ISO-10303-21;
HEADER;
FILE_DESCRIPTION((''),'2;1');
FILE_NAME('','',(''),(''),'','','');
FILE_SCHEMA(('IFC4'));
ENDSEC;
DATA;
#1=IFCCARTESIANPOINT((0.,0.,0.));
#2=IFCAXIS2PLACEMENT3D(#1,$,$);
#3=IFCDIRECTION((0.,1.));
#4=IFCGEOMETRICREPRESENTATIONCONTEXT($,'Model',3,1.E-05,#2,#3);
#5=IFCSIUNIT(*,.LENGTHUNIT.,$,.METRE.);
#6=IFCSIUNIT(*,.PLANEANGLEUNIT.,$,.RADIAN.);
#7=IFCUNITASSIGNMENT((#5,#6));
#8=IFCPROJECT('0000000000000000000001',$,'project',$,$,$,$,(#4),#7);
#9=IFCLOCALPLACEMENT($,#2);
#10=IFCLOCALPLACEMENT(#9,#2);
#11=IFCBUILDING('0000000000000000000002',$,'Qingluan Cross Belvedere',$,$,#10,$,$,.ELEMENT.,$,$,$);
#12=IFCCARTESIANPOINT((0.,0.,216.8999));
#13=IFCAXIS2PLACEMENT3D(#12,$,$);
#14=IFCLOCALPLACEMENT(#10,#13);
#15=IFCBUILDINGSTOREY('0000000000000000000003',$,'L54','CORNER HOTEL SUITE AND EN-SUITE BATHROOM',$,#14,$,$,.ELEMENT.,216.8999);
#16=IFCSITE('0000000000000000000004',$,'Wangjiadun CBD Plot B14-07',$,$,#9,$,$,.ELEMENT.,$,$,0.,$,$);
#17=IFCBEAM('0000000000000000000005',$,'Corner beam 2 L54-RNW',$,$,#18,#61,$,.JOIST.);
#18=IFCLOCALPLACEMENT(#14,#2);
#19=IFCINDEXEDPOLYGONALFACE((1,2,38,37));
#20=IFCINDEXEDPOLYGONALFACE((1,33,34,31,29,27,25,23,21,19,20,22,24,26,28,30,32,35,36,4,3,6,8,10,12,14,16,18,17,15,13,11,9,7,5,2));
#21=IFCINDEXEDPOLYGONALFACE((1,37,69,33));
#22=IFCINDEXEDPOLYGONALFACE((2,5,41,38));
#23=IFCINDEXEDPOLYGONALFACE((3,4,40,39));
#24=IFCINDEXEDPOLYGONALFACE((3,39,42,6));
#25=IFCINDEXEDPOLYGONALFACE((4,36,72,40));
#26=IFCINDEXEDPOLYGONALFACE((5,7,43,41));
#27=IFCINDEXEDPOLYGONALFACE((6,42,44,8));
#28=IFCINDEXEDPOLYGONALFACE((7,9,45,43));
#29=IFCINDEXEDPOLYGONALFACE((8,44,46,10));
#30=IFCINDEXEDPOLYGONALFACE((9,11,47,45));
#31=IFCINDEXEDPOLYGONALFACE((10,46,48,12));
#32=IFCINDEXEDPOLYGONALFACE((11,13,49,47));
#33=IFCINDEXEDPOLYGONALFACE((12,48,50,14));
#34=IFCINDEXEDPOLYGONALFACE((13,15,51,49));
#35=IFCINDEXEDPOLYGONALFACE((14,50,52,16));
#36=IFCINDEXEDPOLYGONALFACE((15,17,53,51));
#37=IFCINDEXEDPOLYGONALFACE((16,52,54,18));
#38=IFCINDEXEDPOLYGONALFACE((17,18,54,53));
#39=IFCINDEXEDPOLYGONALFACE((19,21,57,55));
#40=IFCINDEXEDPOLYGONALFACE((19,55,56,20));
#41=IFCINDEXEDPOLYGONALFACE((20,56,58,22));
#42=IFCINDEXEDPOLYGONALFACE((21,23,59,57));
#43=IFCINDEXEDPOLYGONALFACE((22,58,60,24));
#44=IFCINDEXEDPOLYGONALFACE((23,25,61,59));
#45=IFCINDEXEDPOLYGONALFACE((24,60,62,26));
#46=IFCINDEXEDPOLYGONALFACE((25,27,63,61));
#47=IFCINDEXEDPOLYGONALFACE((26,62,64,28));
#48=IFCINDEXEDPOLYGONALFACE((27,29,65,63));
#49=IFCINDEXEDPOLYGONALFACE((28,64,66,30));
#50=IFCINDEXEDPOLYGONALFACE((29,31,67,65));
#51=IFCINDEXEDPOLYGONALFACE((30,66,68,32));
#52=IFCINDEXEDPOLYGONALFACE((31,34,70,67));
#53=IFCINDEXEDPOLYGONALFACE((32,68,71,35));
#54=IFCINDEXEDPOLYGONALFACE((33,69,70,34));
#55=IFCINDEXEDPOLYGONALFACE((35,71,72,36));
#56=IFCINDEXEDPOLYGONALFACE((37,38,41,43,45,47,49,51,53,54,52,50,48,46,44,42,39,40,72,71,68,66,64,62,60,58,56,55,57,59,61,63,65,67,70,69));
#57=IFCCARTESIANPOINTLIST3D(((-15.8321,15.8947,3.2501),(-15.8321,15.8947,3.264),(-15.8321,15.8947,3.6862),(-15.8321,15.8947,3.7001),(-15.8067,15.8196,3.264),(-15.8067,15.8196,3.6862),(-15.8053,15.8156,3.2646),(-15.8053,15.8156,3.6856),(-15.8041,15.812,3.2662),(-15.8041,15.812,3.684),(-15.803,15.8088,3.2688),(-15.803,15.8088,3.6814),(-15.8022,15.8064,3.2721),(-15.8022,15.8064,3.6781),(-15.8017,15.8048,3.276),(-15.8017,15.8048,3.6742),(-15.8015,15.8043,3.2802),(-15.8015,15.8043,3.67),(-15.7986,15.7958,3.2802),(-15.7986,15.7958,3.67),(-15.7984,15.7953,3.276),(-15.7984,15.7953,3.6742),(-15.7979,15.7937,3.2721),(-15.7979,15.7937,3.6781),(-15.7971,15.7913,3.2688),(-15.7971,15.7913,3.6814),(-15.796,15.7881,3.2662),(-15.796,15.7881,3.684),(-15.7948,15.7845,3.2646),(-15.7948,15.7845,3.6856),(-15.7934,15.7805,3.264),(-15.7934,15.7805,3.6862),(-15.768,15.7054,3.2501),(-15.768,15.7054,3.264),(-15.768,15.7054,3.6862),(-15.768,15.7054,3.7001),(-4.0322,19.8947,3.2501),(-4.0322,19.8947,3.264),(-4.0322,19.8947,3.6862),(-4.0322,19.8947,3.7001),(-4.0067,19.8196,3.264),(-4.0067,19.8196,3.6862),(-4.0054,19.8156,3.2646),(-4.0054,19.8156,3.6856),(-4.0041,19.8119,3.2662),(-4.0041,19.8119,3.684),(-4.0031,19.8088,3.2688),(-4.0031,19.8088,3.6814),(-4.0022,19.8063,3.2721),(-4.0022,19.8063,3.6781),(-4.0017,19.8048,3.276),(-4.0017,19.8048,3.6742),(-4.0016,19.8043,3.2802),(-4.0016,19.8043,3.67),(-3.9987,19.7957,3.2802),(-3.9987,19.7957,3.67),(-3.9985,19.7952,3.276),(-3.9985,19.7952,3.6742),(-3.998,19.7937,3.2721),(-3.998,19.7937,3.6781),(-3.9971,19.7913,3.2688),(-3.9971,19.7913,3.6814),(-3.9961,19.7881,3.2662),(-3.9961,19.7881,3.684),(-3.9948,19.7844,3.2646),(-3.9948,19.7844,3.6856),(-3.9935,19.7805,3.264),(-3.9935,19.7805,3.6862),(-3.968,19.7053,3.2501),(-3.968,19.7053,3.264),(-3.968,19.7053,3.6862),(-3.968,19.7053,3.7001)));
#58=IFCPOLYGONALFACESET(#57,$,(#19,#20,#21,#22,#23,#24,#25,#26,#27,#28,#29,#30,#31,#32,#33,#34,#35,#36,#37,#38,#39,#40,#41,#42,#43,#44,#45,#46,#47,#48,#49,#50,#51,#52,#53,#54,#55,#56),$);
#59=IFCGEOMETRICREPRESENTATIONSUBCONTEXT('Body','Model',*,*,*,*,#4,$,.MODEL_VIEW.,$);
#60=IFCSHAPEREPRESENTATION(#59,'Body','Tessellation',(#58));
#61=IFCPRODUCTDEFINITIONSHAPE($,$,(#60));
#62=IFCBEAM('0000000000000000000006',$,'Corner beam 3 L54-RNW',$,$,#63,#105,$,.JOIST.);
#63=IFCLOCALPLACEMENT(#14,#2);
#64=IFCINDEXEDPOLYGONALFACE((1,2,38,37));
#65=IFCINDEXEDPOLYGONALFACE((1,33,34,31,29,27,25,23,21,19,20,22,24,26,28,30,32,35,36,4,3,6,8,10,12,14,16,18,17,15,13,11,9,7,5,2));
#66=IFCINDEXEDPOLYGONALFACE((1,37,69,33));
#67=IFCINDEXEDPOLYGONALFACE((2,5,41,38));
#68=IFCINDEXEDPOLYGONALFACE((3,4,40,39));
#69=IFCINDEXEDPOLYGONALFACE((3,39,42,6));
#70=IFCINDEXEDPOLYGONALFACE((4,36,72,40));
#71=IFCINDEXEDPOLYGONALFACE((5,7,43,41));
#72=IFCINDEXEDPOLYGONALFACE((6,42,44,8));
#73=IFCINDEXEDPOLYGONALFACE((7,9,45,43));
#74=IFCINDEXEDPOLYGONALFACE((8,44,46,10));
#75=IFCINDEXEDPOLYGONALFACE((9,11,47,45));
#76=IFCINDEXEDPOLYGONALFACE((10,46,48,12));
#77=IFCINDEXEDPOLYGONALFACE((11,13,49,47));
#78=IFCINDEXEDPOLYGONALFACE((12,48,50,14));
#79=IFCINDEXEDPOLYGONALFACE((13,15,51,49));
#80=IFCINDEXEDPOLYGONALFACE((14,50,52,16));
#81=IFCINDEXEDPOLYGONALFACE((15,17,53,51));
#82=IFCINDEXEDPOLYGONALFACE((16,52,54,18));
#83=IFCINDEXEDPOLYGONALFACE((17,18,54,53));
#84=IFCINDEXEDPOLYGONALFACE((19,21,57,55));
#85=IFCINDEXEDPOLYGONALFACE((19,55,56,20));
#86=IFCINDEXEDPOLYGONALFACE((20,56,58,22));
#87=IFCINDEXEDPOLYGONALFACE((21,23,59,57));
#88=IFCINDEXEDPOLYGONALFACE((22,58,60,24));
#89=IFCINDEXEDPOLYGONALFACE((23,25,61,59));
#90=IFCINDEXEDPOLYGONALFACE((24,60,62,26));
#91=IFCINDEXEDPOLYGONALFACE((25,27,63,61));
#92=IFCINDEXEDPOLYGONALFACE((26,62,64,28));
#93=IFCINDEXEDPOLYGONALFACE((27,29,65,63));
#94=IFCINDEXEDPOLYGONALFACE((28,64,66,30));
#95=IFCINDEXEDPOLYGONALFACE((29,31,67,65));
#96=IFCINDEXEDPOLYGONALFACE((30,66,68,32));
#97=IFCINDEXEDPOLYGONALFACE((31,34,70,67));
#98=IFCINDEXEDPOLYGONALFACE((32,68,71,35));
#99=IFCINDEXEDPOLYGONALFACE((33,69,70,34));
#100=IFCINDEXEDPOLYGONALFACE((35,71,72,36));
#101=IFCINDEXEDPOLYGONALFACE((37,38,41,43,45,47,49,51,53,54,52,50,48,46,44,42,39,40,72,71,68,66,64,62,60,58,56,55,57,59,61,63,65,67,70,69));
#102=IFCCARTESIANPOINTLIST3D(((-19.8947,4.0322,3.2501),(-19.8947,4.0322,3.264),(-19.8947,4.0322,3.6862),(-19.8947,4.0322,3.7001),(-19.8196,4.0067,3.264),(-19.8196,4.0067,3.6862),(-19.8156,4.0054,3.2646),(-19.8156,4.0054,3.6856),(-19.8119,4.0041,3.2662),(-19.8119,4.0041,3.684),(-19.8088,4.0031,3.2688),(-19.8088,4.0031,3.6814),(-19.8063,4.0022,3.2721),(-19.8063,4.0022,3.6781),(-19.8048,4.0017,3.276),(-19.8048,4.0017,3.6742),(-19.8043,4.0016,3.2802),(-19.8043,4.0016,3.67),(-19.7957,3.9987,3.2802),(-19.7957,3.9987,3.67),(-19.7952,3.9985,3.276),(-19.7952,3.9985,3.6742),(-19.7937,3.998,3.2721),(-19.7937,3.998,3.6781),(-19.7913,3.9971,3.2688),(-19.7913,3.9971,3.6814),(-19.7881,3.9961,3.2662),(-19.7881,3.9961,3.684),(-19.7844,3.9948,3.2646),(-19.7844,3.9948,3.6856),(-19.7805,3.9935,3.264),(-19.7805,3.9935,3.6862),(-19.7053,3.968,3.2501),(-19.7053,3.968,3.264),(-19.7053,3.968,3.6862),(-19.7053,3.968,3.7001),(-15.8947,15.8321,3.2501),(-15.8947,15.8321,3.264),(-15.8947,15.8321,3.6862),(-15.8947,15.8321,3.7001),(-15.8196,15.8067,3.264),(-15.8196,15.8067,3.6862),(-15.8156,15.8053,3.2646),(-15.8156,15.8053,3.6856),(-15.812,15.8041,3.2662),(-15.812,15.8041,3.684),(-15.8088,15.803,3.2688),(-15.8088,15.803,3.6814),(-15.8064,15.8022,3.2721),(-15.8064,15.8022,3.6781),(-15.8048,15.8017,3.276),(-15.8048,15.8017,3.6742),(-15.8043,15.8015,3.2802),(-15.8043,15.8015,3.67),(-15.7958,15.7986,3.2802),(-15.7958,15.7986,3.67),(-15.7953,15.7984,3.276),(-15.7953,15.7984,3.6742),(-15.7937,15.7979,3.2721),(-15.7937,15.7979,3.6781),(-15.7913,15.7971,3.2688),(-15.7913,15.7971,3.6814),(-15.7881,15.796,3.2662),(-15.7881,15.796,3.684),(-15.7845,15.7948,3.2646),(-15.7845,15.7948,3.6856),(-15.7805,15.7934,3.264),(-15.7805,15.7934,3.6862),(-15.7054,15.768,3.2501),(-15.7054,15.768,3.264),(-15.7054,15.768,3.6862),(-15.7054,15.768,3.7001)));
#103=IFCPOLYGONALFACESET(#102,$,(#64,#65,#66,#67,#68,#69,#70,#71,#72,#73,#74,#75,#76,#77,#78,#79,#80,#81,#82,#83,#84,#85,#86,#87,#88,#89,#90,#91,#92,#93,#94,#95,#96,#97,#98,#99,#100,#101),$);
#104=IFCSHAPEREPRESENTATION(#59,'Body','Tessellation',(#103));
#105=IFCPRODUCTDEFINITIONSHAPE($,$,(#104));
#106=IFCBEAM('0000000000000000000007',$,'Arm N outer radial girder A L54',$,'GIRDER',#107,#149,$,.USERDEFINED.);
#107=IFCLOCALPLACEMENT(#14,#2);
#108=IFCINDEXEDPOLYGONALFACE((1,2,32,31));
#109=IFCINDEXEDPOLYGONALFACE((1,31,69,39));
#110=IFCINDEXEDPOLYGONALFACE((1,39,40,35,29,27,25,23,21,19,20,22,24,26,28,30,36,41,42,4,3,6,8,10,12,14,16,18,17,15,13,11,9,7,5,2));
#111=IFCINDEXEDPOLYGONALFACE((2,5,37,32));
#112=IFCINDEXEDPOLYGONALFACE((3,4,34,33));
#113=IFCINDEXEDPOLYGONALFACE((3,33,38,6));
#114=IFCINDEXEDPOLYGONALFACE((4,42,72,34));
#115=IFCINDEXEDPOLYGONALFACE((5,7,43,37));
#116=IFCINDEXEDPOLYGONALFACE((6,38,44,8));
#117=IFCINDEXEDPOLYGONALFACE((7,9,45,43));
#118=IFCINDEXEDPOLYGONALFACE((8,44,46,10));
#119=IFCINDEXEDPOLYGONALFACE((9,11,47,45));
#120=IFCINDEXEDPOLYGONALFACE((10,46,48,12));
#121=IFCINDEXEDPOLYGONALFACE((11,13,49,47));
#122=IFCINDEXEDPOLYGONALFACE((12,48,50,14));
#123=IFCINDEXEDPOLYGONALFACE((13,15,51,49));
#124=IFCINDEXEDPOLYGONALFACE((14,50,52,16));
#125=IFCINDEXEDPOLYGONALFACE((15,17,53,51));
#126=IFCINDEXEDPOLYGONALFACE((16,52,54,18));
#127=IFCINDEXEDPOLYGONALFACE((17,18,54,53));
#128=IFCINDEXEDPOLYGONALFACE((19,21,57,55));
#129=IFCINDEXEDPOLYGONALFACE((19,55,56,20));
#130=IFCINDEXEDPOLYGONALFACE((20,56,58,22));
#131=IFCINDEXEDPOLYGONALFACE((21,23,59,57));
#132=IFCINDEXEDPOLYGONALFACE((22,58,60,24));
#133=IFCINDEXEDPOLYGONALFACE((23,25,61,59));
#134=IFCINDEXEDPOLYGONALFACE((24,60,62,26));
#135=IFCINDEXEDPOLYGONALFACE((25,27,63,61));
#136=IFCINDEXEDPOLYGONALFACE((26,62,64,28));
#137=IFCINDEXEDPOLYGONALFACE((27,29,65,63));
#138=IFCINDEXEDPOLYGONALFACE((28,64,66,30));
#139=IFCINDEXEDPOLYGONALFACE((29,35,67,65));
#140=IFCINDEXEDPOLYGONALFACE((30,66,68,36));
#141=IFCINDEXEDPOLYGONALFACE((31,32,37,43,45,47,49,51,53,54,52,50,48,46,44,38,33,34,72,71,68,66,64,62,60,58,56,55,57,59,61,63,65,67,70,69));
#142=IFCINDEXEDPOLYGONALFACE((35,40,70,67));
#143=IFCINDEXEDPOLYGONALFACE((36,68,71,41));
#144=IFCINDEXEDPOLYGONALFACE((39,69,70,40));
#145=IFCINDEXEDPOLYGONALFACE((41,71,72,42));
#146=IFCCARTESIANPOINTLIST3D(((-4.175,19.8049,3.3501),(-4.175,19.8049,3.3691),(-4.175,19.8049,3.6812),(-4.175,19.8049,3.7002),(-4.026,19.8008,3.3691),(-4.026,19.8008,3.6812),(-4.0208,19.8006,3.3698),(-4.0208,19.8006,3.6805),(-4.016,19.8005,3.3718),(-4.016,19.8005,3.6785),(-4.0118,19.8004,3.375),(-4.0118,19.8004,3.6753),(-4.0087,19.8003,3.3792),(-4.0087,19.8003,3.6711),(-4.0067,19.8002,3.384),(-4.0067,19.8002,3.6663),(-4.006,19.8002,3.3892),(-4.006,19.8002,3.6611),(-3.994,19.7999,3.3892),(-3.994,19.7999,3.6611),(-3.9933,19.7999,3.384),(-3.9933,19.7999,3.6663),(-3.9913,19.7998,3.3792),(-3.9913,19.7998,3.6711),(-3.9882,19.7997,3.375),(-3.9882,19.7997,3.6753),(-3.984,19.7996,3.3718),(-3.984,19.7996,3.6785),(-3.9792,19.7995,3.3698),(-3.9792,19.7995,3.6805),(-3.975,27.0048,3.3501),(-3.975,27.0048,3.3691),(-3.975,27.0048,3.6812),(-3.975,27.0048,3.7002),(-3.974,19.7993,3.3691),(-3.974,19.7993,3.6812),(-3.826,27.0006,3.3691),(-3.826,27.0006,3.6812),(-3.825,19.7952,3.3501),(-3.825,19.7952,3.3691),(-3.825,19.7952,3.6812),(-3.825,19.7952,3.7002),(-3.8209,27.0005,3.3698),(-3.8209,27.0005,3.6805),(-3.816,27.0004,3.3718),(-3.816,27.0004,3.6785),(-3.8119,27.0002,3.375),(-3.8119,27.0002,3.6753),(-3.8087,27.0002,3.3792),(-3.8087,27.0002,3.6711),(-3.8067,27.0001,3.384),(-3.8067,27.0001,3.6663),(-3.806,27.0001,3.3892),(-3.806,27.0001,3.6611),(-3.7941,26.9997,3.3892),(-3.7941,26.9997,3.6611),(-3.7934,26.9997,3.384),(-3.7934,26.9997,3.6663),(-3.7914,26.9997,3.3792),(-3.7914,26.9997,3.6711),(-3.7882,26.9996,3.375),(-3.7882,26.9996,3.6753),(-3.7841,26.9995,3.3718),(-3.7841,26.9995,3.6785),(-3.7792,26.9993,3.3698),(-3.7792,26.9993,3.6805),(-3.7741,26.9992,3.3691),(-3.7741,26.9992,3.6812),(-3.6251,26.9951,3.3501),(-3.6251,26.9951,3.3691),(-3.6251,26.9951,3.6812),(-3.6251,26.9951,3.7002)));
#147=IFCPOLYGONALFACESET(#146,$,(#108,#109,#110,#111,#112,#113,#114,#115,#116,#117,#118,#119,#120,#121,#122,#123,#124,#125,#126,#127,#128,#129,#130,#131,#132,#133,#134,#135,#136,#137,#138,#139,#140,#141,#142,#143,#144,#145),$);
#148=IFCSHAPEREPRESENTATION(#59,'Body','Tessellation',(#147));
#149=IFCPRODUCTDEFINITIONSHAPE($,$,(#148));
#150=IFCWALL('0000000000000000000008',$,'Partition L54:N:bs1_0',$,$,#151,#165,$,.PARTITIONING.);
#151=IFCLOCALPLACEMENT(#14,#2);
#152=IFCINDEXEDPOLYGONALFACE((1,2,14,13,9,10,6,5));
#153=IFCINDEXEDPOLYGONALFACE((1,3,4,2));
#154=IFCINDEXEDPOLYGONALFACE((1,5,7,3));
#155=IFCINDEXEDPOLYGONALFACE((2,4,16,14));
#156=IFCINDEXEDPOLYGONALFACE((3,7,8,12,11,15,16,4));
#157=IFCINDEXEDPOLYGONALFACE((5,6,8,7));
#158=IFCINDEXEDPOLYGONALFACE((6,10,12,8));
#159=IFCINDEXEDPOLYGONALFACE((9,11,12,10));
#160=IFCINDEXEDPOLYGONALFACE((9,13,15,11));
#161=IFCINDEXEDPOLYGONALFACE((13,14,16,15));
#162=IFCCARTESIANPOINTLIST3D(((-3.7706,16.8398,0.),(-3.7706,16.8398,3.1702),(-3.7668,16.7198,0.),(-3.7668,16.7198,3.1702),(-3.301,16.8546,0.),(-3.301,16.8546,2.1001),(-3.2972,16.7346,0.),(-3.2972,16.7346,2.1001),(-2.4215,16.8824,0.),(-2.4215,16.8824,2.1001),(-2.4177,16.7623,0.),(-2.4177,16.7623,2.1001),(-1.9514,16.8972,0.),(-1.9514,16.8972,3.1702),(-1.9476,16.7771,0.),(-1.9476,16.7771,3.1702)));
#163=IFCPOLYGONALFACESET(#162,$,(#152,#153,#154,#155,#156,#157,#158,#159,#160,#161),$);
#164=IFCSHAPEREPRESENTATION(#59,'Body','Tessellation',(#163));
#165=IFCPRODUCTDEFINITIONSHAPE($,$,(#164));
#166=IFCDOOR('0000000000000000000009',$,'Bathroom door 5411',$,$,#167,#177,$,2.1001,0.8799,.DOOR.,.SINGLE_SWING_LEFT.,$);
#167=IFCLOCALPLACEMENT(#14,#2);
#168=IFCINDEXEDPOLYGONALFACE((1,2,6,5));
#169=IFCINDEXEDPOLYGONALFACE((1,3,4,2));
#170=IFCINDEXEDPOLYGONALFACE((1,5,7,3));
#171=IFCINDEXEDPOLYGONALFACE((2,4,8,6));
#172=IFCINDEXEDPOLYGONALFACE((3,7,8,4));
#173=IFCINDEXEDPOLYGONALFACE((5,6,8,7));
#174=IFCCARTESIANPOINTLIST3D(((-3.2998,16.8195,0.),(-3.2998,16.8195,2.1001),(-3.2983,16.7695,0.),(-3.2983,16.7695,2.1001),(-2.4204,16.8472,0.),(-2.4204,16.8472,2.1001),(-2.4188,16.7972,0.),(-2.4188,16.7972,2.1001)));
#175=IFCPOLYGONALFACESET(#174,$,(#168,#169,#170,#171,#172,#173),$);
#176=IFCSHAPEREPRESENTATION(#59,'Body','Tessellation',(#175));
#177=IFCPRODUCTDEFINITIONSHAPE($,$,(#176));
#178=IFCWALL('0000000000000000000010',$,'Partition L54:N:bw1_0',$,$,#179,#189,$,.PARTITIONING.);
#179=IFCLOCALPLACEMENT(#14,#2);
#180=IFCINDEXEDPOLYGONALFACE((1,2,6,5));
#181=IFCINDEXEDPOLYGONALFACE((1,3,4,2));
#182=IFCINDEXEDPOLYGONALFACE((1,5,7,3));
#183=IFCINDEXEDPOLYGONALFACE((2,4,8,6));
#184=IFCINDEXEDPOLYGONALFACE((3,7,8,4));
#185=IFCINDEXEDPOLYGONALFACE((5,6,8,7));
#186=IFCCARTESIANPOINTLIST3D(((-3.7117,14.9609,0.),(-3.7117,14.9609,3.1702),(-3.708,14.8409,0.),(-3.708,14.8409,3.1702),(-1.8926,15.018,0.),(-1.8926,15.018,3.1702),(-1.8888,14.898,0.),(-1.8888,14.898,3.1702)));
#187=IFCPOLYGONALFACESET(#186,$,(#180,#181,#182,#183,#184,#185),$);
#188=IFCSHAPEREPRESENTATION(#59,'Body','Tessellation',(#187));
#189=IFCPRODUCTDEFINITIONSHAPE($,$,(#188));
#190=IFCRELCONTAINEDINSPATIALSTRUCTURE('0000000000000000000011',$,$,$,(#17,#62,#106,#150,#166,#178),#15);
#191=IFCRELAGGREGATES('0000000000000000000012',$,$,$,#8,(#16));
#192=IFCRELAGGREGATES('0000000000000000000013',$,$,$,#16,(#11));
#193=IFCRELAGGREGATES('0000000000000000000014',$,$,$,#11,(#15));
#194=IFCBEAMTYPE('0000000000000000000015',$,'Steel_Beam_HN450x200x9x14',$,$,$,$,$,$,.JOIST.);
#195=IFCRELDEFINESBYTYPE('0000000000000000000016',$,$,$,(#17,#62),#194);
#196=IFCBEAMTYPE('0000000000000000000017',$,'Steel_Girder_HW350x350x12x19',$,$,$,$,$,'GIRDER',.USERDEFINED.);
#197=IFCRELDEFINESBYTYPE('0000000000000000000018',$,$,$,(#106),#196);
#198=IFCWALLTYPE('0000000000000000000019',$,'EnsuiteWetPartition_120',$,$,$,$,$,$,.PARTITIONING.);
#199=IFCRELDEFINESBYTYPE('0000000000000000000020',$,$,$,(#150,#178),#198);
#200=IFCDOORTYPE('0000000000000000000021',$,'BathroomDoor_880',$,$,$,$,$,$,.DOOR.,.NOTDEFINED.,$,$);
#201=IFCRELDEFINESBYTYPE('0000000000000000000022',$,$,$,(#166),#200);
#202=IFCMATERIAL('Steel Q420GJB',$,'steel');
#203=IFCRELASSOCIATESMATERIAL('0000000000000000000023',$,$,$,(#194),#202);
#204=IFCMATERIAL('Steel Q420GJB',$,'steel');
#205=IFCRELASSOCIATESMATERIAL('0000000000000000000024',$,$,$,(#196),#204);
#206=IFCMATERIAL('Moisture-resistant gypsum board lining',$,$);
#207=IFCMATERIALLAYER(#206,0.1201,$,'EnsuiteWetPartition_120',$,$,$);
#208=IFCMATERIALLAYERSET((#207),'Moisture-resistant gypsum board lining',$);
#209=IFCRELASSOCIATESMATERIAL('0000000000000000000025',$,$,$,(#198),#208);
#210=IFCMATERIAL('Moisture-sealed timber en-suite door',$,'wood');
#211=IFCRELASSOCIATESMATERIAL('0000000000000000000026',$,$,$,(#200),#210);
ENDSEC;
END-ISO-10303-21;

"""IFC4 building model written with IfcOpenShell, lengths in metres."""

from ifc_helpers import new_model, si_unit, direction, frame, frame_2d, origin, origin_2d, place, context, subcontext, project, spatial, rectangle, i_section, extrude, material, layer, layer_set, material_profile, profile_set, type_object, element, fill, save


model = new_model("IFC4")

# Units and contexts
model_context = context("Model", 3, precision=1e-05, world=origin(), true_north=direction((0.0, 1.0)))
body_context = subcontext(model_context, "Body", "Model", "MODEL_VIEW")
ifc_project = project(units=[si_unit("LENGTHUNIT", "METRE"), si_unit("PLANEANGLEUNIT", "RADIAN")], contexts=[model_context])

# Site, building, storey
site_placement = place(None, origin())
site = spatial("IfcSite", under=ifc_project, at=site_placement, Name="Wangjiadun CBD Plot B14-07", CompositionType="ELEMENT", RefElevation=0.0)
building_placement = place(site_placement, origin())
building = spatial("IfcBuilding", under=site, at=building_placement, Name="Qingluan Cross Belvedere", CompositionType="ELEMENT")
storey_placement = place(building_placement, frame((0.0, 0.0, 216.8999)))
storey = spatial("IfcBuildingStorey", under=building, at=storey_placement, Name="L54", Description="CORNER HOTEL SUITE AND EN-SUITE BATHROOM", CompositionType="ELEMENT", Elevation=216.8999)

# Beams
ifc_material_1 = material(Name="Steel Q420GJB", Category="steel")
ifc_material_profile_1 = material_profile(ifc_material_1, i_section(OverallWidth=0.2, OverallDepth=0.45, WebThickness=0.009, FlangeThickness=0.0139, FilletRadius=0.0161, at=origin_2d()), Name="HN450x200x9x14")
ifc_profile_set_1 = profile_set([ifc_material_profile_1], Name="Steel Q420GJB")
beam_type_1 = type_object("IfcBeamType", Name="Steel_Beam_HN450x200x9x14", PredefinedType="JOIST", material=ifc_profile_set_1)
for number, where, z_axis, x_axis, name in (
    (1, (-15.8, 15.8, 3.4751), (0.947066, 0.321038, 0.0), (-0.321038, 0.947066, 0.0), "Corner beam 2 L54-RNW"),
    (2, (-15.8, 15.8, 3.4751), (-0.321038, -0.947066, 0.0), (0.947066, -0.321038, 0.0), "Corner beam 3 L54-RNW"),
):
    element("IfcBeam", number, at=place(storey_placement, frame(where, z_axis=z_axis, x_axis=x_axis)), inside=storey, type_object=beam_type_1, Name=name, PredefinedType="JOIST", context=body_context, shape_type="SweptSolid", body=[
        extrude(i_section(OverallWidth=0.2, OverallDepth=0.45, WebThickness=0.009, FlangeThickness=0.0139, FilletRadius=0.0161, at=origin_2d()), origin(), (0.0, 0.0, 1.0), 12.4595),
    ])
ifc_material_2 = material(Name="Steel Q420GJB", Category="steel")
ifc_material_profile_2 = material_profile(ifc_material_2, i_section(OverallWidth=0.3501, OverallDepth=0.3501, WebThickness=0.012, FlangeThickness=0.019, FilletRadius=0.02, at=origin_2d()), Name="HW350x350x12x19")
ifc_profile_set_2 = profile_set([ifc_material_profile_2], Name="Steel Q420GJB")
beam_type_2 = type_object("IfcBeamType", Name="Steel_Girder_HW350x350x12x19", ElementType="GIRDER", PredefinedType="USERDEFINED", material=ifc_profile_set_2)
beam_1_placement = place(storey_placement, frame((-4.0, 19.8, 3.5251), z_axis=(0.02776, 0.999615, 0.0), x_axis=(-0.999615, 0.02776, 0.0)))
element("IfcBeam", 3, at=beam_1_placement, inside=storey, type_object=beam_type_2, Name="Arm N outer radial girder A L54", ObjectType="GIRDER", PredefinedType="USERDEFINED", context=body_context, shape_type="SweptSolid", body=[
    extrude(i_section(OverallWidth=0.3501, OverallDepth=0.3501, WebThickness=0.012, FlangeThickness=0.019, FilletRadius=0.02, at=origin_2d()), origin(), (0.0, 0.0, 1.0), 7.2026),
])

# Wall, opening, door
ifc_material_3 = material(Name="Moisture-resistant gypsum board lining")
ifc_layer_1 = layer(ifc_material_3, 0.1201, Name="EnsuiteWetPartition_120")
ifc_layer_set_1 = layer_set([ifc_layer_1], Name="Moisture-resistant gypsum board lining")
wall_type_1 = type_object("IfcWallType", Name="EnsuiteWetPartition_120", PredefinedType="PARTITIONING", material=ifc_layer_set_1)
wall_1_placement = place(storey_placement, frame((-3.7688, 16.7798, 0.0), z_axis=(0.0, 0.0, 1.0), x_axis=(0.999503, 0.031524, 0.0)))
wall_1 = element("IfcWall", 4, at=wall_1_placement, inside=storey, type_object=wall_type_1, Name="Partition L54:N:bs1_0", PredefinedType="PARTITIONING", context=body_context, shape_type="SweptSolid", body=[
    extrude(rectangle(XDim=1.8201, YDim=0.1201, at=frame_2d((0.9102, 0.0))), origin(), (0.0, 0.0, 1.0), 3.1702),
])
opening_1_placement = place(wall_1_placement, frame((0.47, 0.0, 0.0)))
opening_1 = element("IfcOpeningElement", 5, at=opening_1_placement, cuts=wall_1, PredefinedType="OPENING", context=body_context, shape_type="SweptSolid", body=[
    extrude(rectangle(XDim=0.8799, YDim=2.1001, at=frame_2d((0.4399, 1.05))), frame((0.0, 0.0701, 0.0), z_axis=(0.0, -1.0, 0.0), x_axis=(1.0, 0.0, 0.0)), (0.0, 0.0, 1.0), 0.1401),
])
ifc_material_4 = material(Name="Moisture-sealed timber en-suite door", Category="wood")
door_type = type_object("IfcDoorType", Name="BathroomDoor_880", OperationType="NOTDEFINED", PredefinedType="DOOR", material=ifc_material_4)
door_1_placement = place(opening_1_placement, origin())
door_1 = element("IfcDoor", 6, at=door_1_placement, inside=storey, type_object=door_type, Name="Bathroom door 5411", OperationType="SINGLE_SWING_LEFT", OverallHeight=2.1001, OverallWidth=0.8799, PredefinedType="DOOR", context=body_context, shape_type="SweptSolid", body=[
    extrude(rectangle(XDim=0.8799, YDim=2.1001, at=frame_2d((0.4399, 1.05))), frame((0.0, 0.0249, 0.0), z_axis=(0.0, -1.0, 0.0), x_axis=(1.0, 0.0, 0.0)), (0.0, 0.0, 1.0), 0.05),
])
fill(opening_1, door_1)

# Wall
wall_2_placement = place(storey_placement, frame((-3.71, 14.9009, 0.0), z_axis=(0.0, 0.0, 1.0), x_axis=(0.999507, 0.03139, 0.0)))
element("IfcWall", 7, at=wall_2_placement, inside=storey, type_object=wall_type_1, Name="Partition L54:N:bw1_0", PredefinedType="PARTITIONING", context=body_context, shape_type="SweptSolid", body=[
    extrude(rectangle(XDim=1.8201, YDim=0.1201, at=frame_2d((0.9102, 0.0))), origin(), (0.0, 0.0, 1.0), 3.1702),
])

save(model, "model.ifc")
